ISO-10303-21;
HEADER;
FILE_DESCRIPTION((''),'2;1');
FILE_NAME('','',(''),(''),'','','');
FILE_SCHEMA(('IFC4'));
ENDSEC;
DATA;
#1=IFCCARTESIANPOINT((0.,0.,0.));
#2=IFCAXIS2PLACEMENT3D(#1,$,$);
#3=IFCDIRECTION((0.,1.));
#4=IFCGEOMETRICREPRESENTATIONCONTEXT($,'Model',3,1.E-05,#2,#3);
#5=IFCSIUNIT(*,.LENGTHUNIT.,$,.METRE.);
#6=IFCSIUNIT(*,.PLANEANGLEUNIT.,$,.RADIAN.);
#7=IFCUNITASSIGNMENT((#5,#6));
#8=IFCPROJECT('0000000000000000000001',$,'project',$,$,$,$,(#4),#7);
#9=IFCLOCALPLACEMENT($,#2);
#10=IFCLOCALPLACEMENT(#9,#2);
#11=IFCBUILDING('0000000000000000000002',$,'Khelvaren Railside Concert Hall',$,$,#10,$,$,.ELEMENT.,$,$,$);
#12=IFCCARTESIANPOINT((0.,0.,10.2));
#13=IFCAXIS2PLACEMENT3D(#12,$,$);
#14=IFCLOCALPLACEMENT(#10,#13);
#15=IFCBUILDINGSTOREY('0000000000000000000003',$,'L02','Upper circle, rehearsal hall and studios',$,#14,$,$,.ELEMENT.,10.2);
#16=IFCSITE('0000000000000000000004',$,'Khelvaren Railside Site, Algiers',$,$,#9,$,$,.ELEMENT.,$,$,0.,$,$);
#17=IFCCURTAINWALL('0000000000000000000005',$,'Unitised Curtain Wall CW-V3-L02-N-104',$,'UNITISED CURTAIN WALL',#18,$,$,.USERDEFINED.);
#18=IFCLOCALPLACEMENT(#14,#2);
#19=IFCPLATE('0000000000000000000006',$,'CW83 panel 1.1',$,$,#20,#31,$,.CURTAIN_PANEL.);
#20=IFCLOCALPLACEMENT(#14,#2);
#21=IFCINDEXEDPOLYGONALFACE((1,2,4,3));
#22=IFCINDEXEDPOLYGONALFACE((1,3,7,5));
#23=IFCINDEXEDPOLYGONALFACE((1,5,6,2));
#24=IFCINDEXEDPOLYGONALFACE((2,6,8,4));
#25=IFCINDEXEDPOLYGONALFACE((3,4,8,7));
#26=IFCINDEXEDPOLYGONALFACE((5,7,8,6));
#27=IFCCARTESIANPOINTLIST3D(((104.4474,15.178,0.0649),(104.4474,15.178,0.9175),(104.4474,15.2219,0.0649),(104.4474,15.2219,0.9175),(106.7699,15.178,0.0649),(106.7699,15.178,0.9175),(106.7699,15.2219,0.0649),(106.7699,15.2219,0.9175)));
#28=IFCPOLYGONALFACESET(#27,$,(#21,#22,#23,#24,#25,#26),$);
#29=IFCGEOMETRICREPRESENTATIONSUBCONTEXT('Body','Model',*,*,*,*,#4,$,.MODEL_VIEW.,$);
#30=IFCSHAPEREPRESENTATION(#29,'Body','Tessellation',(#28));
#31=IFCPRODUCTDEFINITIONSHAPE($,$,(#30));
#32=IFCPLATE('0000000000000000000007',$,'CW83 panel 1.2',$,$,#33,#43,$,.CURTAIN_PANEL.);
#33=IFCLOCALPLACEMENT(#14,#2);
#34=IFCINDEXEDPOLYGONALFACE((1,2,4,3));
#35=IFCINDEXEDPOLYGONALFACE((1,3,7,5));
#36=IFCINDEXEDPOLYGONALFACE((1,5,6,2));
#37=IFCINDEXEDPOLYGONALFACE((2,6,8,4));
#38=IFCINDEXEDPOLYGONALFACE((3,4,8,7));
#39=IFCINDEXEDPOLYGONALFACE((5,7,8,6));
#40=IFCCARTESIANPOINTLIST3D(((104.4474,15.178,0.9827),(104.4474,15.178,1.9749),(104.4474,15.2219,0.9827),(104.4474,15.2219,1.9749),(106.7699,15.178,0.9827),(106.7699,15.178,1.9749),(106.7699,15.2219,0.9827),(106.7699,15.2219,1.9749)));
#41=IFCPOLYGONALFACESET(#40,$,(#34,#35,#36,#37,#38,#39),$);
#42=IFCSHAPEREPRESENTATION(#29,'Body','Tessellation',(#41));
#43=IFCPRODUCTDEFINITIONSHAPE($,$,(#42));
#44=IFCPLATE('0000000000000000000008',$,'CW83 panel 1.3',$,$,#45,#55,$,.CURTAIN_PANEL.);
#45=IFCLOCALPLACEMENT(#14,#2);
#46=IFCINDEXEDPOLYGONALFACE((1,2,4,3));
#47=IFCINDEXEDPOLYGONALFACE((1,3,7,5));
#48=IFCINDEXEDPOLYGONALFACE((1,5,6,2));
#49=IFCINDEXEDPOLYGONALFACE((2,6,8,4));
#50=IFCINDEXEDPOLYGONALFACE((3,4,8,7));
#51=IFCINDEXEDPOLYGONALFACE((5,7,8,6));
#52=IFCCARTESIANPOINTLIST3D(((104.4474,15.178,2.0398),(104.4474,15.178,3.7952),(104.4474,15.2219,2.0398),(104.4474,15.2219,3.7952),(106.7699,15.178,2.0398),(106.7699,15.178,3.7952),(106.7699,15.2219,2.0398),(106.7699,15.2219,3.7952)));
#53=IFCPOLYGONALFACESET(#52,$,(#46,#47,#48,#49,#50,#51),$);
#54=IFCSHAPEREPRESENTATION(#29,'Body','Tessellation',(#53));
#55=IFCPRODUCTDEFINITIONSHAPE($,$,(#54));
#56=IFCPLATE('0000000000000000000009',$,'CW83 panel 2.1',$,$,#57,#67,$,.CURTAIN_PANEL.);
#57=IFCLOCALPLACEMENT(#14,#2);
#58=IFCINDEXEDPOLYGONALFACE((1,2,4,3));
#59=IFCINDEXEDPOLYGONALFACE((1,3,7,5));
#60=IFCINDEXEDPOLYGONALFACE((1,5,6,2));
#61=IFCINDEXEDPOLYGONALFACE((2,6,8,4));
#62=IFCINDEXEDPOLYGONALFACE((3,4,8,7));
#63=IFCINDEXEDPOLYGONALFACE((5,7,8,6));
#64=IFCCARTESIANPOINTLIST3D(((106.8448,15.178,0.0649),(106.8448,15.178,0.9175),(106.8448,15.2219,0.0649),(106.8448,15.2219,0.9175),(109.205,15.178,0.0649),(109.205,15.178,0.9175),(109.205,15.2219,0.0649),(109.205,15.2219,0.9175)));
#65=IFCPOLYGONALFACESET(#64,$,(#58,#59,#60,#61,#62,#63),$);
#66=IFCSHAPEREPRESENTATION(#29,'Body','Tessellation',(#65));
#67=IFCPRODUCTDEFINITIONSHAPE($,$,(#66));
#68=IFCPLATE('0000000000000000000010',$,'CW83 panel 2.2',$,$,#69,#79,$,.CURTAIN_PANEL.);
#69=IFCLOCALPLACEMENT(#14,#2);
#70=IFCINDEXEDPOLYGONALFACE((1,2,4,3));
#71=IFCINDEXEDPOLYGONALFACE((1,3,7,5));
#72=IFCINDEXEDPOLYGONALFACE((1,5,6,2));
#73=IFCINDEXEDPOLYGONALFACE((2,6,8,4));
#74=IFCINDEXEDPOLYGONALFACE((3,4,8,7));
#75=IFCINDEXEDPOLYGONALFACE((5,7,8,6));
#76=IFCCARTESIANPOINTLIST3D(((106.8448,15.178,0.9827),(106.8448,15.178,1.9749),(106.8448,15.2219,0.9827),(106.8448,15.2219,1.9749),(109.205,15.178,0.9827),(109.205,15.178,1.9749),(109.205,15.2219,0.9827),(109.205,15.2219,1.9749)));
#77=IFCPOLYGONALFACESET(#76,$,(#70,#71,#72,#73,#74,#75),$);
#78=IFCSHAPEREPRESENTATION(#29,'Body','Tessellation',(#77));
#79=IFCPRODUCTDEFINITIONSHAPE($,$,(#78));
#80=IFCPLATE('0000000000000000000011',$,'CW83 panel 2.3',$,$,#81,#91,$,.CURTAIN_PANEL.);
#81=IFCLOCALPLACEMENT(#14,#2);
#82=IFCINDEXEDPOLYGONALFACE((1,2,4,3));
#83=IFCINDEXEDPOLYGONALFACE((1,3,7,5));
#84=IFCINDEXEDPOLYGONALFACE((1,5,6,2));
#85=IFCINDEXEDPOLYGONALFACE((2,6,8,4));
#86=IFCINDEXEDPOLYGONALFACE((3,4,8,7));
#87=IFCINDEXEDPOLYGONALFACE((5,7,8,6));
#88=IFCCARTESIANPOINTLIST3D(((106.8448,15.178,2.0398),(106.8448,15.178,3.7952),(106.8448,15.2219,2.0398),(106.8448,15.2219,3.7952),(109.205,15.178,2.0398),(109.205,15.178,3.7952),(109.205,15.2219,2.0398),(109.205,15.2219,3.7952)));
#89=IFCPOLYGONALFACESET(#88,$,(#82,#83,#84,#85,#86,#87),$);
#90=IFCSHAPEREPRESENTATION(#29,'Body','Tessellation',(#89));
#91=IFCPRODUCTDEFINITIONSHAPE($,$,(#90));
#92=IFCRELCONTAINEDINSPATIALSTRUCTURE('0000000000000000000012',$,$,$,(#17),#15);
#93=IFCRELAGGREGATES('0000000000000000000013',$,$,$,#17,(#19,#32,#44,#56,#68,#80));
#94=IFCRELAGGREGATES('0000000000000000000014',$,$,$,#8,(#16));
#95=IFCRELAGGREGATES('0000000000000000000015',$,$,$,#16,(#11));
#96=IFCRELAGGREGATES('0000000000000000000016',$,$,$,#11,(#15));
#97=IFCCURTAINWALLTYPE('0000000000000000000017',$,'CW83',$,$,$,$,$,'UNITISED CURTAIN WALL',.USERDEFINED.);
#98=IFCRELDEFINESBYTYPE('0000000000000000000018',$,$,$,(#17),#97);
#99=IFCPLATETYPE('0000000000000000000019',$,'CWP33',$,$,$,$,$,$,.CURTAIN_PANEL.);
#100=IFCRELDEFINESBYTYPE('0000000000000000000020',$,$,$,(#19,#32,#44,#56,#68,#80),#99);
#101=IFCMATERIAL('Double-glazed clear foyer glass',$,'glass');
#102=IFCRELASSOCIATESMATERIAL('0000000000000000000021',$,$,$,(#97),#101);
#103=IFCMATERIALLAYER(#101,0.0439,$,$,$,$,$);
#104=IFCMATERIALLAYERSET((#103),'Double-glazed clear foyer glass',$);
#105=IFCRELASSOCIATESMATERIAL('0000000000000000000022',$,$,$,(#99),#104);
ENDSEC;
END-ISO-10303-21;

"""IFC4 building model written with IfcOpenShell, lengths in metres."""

from ifc_helpers import new_model, si_unit, direction, frame, origin, origin_2d, place, context, subcontext, project, spatial, rectangle, extrude, material, layer, layer_set, type_object, element, aggregate, save


model = new_model("IFC4")

# Units and contexts
model_context = context("Model", 3, precision=1e-05, world=origin(), true_north=direction((0.0, 1.0)))
body_context = subcontext(model_context, "Body", "Model", "MODEL_VIEW")
ifc_project = project(units=[si_unit("LENGTHUNIT", "METRE"), si_unit("PLANEANGLEUNIT", "RADIAN")], contexts=[model_context])

# Site, building, storey
site_placement = place(None, origin())
site = spatial("IfcSite", under=ifc_project, at=site_placement, Name="Khelvaren Railside Site, Algiers", CompositionType="ELEMENT", RefElevation=0.0)
building_placement = place(site_placement, origin())
building = spatial("IfcBuilding", under=site, at=building_placement, Name="Khelvaren Railside Concert Hall", CompositionType="ELEMENT")
storey_placement = place(building_placement, frame((0.0, 0.0, 10.2)))
storey = spatial("IfcBuildingStorey", under=building, at=storey_placement, Name="L02", Description="Upper circle, rehearsal hall and studios", CompositionType="ELEMENT", Elevation=10.2)

# Shared definitions
ifc_material_1 = material(Name="Double-glazed clear foyer glass", Category="glass")

# Curtain wall
curtain_wall_type_1 = type_object("IfcCurtainWallType", Name="CW83", ElementType="UNITISED CURTAIN WALL", PredefinedType="USERDEFINED", material=ifc_material_1)
curtain_wall_1_placement = place(storey_placement, origin())
curtain_wall_1 = element("IfcCurtainWall", 1, at=curtain_wall_1_placement, inside=storey, type_object=curtain_wall_type_1, Name="Unitised Curtain Wall CW-V3-L02-N-104", ObjectType="UNITISED CURTAIN WALL", PredefinedType="USERDEFINED")

# Plates
ifc_layer = layer(ifc_material_1, 0.0439)
ifc_layer_set = layer_set([ifc_layer], Name="Double-glazed clear foyer glass")
plate_type = type_object("IfcPlateType", Name="CWP33", PredefinedType="CURTAIN_PANEL", material=ifc_layer_set)
plate_1_placement = place(storey_placement, frame((105.6086, 15.2, 0.0649), z_axis=(0.0, 0.0, 1.0), x_axis=(1.0, 0.0, 0.0)))
plate_1 = element("IfcPlate", 2, at=plate_1_placement, type_object=plate_type, Name="CW83 panel 1.1", PredefinedType="CURTAIN_PANEL", context=body_context, shape_type="SweptSolid", body=[
    extrude(rectangle(XDim=2.3225, YDim=0.0439, at=origin_2d()), origin(), (0.0, 0.0, 1.0), 0.8525),
])
plate_2_placement = place(storey_placement, frame((105.6086, 15.2, 0.9827), z_axis=(0.0, 0.0, 1.0), x_axis=(1.0, 0.0, 0.0)))
plate_2 = element("IfcPlate", 3, at=plate_2_placement, type_object=plate_type, Name="CW83 panel 1.2", PredefinedType="CURTAIN_PANEL", context=body_context, shape_type="SweptSolid", body=[
    extrude(rectangle(XDim=2.3225, YDim=0.0439, at=origin_2d()), origin(), (0.0, 0.0, 1.0), 0.9922),
])
plate_3_placement = place(storey_placement, frame((105.6086, 15.2, 2.0398), z_axis=(0.0, 0.0, 1.0), x_axis=(1.0, 0.0, 0.0)))
plate_3 = element("IfcPlate", 4, at=plate_3_placement, type_object=plate_type, Name="CW83 panel 1.3", PredefinedType="CURTAIN_PANEL", context=body_context, shape_type="SweptSolid", body=[
    extrude(rectangle(XDim=2.3225, YDim=0.0439, at=origin_2d()), origin(), (0.0, 0.0, 1.0), 1.7554),
])
plate_4_placement = place(storey_placement, frame((108.0249, 15.2, 0.0649), z_axis=(0.0, 0.0, 1.0), x_axis=(1.0, 0.0, 0.0)))
plate_4 = element("IfcPlate", 5, at=plate_4_placement, type_object=plate_type, Name="CW83 panel 2.1", PredefinedType="CURTAIN_PANEL", context=body_context, shape_type="SweptSolid", body=[
    extrude(rectangle(XDim=2.3601, YDim=0.0439, at=origin_2d()), origin(), (0.0, 0.0, 1.0), 0.8525),
])
plate_5_placement = place(storey_placement, frame((108.0249, 15.2, 0.9827), z_axis=(0.0, 0.0, 1.0), x_axis=(1.0, 0.0, 0.0)))
plate_5 = element("IfcPlate", 6, at=plate_5_placement, type_object=plate_type, Name="CW83 panel 2.2", PredefinedType="CURTAIN_PANEL", context=body_context, shape_type="SweptSolid", body=[
    extrude(rectangle(XDim=2.3601, YDim=0.0439, at=origin_2d()), origin(), (0.0, 0.0, 1.0), 0.9922),
])
plate_6_placement = place(storey_placement, frame((108.0249, 15.2, 2.0398), z_axis=(0.0, 0.0, 1.0), x_axis=(1.0, 0.0, 0.0)))
plate_6 = element("IfcPlate", 7, at=plate_6_placement, type_object=plate_type, Name="CW83 panel 2.3", PredefinedType="CURTAIN_PANEL", context=body_context, shape_type="SweptSolid", body=[
    extrude(rectangle(XDim=2.3601, YDim=0.0439, at=origin_2d()), origin(), (0.0, 0.0, 1.0), 1.7554),
])
aggregate(curtain_wall_1, [plate_1, plate_2, plate_3, plate_4, plate_5, plate_6])

save(model, "model.ifc")
